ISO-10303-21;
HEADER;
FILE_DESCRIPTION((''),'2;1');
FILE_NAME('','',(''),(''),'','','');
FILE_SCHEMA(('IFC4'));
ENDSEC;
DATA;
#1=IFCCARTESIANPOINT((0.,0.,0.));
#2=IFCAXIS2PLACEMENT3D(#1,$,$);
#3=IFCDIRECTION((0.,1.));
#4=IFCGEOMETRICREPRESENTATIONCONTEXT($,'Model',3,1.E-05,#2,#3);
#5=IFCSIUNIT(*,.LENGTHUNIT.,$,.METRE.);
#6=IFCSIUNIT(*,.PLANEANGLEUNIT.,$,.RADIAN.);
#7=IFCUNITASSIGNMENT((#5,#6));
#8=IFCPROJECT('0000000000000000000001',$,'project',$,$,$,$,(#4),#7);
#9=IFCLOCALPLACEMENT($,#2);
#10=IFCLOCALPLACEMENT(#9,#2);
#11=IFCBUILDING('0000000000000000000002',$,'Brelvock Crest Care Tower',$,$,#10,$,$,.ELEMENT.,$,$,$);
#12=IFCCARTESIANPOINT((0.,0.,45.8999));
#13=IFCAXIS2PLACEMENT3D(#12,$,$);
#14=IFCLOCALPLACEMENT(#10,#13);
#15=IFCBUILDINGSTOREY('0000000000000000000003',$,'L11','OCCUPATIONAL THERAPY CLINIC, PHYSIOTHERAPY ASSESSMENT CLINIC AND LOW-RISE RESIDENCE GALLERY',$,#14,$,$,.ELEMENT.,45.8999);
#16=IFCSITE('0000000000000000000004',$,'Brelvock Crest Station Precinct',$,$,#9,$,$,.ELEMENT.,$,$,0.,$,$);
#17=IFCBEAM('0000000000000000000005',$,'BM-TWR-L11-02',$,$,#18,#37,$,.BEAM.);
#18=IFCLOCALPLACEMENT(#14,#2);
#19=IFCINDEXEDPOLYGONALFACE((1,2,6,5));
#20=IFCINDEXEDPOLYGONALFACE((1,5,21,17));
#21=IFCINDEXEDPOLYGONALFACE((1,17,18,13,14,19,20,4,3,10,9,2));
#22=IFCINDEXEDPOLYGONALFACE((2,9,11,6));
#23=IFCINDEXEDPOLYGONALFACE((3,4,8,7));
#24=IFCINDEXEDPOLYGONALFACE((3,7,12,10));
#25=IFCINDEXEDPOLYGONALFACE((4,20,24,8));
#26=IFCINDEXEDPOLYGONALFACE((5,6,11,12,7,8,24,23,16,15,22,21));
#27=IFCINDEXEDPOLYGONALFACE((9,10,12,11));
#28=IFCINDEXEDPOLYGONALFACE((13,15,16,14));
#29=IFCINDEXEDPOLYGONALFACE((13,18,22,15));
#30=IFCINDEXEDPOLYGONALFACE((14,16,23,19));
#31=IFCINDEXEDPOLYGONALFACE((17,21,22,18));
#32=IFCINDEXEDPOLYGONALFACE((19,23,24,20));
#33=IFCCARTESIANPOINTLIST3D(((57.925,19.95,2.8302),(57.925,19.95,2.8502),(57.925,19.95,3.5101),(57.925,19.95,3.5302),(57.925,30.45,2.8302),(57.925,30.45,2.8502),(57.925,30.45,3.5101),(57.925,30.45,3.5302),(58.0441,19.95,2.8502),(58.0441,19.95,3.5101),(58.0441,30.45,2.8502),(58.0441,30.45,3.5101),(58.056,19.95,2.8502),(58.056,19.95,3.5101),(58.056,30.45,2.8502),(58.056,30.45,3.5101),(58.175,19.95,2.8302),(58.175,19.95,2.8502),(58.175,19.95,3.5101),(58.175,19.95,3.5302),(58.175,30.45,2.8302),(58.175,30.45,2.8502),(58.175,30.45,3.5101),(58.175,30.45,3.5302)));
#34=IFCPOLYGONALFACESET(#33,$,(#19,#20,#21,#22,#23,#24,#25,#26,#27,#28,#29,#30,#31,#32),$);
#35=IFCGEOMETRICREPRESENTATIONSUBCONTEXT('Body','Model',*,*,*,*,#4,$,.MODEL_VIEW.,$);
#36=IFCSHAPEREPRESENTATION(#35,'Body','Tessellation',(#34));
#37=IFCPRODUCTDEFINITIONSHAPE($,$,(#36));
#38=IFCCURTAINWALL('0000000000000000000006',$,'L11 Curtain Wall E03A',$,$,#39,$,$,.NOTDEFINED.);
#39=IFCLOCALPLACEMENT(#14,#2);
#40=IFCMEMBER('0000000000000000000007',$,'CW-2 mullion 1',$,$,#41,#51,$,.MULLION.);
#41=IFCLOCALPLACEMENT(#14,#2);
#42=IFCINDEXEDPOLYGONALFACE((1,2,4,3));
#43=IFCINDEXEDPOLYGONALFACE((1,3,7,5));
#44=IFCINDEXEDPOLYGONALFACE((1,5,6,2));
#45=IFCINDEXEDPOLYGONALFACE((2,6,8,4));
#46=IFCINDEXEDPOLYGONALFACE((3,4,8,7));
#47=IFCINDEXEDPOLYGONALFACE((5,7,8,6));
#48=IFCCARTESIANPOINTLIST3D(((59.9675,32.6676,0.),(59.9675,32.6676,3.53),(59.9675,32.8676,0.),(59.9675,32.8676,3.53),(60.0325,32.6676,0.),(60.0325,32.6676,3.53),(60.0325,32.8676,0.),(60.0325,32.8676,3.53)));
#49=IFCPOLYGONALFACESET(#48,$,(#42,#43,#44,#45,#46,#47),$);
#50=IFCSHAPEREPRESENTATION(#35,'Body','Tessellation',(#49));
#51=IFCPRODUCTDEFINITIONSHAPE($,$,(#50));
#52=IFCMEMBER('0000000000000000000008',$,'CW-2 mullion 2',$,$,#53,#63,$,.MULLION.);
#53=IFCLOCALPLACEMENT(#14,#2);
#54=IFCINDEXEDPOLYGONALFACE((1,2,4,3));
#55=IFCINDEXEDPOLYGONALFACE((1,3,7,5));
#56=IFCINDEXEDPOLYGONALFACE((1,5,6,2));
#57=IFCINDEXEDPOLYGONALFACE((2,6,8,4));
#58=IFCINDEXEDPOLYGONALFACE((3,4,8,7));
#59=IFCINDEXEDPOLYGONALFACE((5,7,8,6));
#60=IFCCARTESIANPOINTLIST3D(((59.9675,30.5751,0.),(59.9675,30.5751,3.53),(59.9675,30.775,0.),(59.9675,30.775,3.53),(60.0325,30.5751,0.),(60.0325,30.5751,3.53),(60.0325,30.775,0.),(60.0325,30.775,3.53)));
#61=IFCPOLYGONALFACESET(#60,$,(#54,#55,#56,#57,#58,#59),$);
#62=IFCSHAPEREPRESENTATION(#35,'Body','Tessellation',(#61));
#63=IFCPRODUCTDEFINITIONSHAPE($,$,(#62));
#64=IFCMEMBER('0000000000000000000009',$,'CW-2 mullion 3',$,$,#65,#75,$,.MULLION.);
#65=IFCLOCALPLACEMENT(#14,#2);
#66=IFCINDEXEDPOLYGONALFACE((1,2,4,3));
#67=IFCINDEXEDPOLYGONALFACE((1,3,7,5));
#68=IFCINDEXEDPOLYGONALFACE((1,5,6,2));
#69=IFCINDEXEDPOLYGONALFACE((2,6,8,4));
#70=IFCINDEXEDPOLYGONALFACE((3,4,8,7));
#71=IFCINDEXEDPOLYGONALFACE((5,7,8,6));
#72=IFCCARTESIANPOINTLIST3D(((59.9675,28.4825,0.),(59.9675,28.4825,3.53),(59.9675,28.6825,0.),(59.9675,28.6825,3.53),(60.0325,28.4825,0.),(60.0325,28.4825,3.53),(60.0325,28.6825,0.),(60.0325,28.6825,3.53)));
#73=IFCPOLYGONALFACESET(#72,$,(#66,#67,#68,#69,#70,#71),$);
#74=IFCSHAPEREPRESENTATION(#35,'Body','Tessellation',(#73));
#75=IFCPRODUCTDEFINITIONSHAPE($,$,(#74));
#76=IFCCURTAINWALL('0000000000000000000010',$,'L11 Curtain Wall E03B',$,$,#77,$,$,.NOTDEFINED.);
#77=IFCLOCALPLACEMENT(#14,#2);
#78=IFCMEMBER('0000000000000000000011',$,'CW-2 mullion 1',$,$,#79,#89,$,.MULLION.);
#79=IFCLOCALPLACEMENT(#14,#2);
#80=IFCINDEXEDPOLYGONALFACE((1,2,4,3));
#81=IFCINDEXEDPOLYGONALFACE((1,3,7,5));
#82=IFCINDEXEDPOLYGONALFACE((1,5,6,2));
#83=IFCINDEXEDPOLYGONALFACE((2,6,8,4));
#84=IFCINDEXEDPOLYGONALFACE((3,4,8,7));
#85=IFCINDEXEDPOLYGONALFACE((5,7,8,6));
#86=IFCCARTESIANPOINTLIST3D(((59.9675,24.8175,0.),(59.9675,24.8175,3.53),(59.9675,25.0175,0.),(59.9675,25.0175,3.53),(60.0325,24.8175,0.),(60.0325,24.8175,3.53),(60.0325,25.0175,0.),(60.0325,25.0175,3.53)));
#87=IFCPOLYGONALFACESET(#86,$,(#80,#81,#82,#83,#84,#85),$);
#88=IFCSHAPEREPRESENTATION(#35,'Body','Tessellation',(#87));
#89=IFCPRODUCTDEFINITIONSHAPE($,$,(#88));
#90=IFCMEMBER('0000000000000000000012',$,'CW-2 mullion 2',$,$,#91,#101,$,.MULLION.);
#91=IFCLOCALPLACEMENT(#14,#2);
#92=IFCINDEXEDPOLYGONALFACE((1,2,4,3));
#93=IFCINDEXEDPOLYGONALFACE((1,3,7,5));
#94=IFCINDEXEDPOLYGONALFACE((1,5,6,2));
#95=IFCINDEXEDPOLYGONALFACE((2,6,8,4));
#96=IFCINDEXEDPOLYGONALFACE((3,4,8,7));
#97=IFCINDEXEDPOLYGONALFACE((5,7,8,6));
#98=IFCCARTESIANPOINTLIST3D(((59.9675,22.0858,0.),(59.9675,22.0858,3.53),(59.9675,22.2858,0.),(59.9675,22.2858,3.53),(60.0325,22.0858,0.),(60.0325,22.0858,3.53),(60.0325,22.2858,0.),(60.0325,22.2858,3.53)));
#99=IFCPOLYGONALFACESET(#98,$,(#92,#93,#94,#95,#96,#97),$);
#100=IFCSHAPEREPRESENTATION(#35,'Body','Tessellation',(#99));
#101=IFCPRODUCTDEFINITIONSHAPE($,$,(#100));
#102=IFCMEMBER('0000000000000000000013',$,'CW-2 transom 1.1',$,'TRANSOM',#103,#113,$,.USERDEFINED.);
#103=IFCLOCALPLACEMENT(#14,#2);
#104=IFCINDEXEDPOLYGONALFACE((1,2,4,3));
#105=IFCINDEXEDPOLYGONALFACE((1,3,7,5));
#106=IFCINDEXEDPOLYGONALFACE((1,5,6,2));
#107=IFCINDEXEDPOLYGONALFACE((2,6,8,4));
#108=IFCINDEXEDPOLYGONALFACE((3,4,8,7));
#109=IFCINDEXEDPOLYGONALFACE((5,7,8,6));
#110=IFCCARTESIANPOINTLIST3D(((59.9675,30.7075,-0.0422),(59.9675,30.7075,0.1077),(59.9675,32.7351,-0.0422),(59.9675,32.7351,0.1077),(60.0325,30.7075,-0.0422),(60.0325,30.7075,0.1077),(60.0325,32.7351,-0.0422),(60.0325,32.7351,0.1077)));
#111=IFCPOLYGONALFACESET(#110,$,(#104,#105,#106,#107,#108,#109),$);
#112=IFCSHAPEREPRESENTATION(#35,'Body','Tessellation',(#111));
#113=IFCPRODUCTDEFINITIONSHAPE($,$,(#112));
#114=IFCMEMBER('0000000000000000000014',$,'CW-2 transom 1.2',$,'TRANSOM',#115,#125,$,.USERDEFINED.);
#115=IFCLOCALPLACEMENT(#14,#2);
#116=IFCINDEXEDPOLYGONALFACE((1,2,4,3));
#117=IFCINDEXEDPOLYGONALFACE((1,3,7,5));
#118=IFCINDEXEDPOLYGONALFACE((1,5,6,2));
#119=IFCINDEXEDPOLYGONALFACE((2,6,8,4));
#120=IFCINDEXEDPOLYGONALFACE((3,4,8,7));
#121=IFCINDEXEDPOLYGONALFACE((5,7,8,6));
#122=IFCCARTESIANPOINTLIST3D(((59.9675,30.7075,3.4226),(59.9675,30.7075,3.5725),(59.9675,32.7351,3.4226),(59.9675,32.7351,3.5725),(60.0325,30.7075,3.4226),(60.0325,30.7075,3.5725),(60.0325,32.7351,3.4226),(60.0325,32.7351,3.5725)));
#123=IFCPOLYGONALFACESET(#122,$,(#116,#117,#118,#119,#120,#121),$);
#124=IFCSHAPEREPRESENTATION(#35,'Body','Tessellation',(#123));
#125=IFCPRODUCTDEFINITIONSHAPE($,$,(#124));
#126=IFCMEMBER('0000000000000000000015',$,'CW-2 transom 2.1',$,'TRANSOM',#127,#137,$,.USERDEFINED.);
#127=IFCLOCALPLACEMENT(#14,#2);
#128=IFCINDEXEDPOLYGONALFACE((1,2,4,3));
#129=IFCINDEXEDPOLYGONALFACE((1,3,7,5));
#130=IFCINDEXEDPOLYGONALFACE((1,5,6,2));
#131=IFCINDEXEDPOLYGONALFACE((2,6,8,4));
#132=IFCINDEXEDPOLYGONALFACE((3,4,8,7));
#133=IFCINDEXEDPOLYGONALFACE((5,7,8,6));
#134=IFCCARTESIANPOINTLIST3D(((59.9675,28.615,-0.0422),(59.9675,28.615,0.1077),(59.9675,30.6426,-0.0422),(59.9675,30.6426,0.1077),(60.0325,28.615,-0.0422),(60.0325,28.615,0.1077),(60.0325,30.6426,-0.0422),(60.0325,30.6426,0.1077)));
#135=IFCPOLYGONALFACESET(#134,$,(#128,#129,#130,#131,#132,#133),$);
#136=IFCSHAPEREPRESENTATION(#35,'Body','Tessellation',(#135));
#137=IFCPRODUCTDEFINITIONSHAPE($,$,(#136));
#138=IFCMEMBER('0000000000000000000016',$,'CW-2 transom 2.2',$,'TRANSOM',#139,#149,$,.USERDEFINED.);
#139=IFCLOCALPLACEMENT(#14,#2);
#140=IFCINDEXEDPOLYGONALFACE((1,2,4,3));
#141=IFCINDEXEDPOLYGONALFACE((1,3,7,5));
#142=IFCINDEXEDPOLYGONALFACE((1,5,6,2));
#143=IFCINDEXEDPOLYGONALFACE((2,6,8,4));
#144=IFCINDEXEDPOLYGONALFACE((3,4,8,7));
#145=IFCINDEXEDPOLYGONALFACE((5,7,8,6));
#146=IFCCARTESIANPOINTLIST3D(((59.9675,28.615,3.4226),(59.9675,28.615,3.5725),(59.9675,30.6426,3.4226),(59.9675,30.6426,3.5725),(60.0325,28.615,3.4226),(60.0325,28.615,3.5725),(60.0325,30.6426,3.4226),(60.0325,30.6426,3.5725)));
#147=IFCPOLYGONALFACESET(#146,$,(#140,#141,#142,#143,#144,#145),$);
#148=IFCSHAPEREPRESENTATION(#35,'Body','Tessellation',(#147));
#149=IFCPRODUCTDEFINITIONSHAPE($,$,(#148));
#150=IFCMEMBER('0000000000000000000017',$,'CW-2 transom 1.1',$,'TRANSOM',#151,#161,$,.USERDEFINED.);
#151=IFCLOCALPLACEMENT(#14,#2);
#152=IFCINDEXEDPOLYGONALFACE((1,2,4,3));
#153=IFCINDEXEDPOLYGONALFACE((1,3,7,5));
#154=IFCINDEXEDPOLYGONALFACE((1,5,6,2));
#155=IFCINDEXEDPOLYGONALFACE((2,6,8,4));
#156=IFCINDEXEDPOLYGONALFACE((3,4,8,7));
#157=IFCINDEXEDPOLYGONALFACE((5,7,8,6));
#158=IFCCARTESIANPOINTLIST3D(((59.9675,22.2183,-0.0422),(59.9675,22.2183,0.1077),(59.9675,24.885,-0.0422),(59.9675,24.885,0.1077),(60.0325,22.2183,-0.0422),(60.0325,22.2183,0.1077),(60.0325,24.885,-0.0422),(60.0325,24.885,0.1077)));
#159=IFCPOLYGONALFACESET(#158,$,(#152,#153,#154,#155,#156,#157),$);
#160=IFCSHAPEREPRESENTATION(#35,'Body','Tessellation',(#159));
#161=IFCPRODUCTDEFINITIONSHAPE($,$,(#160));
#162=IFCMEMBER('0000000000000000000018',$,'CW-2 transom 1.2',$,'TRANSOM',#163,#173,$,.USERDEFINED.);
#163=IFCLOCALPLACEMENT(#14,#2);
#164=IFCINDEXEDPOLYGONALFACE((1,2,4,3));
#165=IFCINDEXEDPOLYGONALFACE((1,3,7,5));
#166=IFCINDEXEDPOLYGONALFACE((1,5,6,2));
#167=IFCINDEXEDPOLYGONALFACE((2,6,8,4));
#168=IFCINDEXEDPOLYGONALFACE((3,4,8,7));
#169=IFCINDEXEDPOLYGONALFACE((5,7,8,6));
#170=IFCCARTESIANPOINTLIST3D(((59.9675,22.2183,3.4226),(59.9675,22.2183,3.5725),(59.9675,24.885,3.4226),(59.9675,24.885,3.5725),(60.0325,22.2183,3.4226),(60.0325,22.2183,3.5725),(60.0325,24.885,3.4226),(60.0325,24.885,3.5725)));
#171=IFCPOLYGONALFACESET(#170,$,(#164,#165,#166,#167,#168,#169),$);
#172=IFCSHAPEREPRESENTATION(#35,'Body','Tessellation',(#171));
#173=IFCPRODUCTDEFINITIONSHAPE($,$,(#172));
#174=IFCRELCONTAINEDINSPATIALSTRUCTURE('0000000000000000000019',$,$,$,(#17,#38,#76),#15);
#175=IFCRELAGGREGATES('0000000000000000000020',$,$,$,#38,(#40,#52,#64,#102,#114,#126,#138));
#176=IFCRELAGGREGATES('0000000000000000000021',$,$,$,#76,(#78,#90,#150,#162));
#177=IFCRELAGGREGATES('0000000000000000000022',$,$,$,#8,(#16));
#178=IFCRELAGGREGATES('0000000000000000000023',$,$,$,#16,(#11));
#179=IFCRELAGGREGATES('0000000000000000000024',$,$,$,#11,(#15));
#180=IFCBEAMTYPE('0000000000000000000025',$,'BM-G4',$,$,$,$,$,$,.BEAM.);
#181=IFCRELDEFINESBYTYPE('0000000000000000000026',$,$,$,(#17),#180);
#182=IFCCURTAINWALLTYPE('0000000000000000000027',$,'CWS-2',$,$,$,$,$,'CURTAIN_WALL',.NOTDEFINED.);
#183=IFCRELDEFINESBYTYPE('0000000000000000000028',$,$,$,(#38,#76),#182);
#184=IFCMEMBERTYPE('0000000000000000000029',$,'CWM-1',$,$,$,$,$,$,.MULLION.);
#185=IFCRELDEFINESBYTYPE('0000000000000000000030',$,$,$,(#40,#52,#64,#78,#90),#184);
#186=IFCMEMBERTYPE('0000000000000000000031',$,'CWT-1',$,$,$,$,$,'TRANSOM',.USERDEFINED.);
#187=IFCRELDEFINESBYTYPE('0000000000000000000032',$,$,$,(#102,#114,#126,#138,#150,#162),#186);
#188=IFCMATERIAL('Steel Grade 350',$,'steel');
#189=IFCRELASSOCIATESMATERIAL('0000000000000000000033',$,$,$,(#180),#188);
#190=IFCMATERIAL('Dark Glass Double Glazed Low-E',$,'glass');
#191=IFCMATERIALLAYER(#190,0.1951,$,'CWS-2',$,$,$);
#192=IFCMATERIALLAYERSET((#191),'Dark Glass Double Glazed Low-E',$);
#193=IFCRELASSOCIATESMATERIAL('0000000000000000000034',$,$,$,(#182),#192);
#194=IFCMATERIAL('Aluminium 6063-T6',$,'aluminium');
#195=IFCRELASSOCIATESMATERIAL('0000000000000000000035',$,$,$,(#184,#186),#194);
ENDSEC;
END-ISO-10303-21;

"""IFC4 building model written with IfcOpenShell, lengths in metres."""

from ifc_helpers import new_model, si_unit, direction, frame, origin, origin_2d, place, context, subcontext, project, spatial, rectangle, i_section, extrude, source, transform, mapped, material, layer, layer_set, material_profile, profile_set, type_object, element, aggregate, save


model = new_model("IFC4")

# Units and contexts
model_context = context("Model", 3, precision=1e-05, world=origin(), true_north=direction((0.0, 1.0)))
body_context = subcontext(model_context, "Body", "Model", "MODEL_VIEW")
ifc_project = project(units=[si_unit("LENGTHUNIT", "METRE"), si_unit("PLANEANGLEUNIT", "RADIAN")], contexts=[model_context])

# Site, building, storey
site_placement = place(None, origin())
site = spatial("IfcSite", under=ifc_project, at=site_placement, Name="Brelvock Crest Station Precinct", CompositionType="ELEMENT", RefElevation=0.0)
building_placement = place(site_placement, origin())
building = spatial("IfcBuilding", under=site, at=building_placement, Name="Brelvock Crest Care Tower", CompositionType="ELEMENT")
storey_placement = place(building_placement, frame((0.0, 0.0, 45.8999)))
storey = spatial("IfcBuildingStorey", under=building, at=storey_placement, Name="L11", Description="OCCUPATIONAL THERAPY CLINIC, PHYSIOTHERAPY ASSESSMENT CLINIC AND LOW-RISE RESIDENCE GALLERY", CompositionType="ELEMENT", Elevation=45.8999)

# Shared definitions
ifc_material_1 = material(Name="Steel Grade 350", Category="steel")

# Beam
ifc_material_profile_1 = material_profile(ifc_material_1, i_section(OverallWidth=0.25, OverallDepth=0.7, WebThickness=0.012, FlangeThickness=0.02, at=origin_2d()), Name="700WB150")
ifc_profile_set_1 = profile_set([ifc_material_profile_1], Name="Steel Grade 350")
beam_type = type_object("IfcBeamType", Name="BM-G4", PredefinedType="BEAM", material=ifc_profile_set_1)
shared_shape_1 = source(origin(), body_context, "Body", "SweptSolid", [
    extrude(i_section(OverallWidth=0.25, OverallDepth=0.7, WebThickness=0.012, FlangeThickness=0.02, at=origin_2d()), origin(), (0.0, 0.0, 1.0), 10.5),
])
beam_placement = place(storey_placement, frame((58.05, 19.95, 3.1802), z_axis=(0.0, 1.0, 0.0), x_axis=(-1.0, 0.0, 0.0)))
element("IfcBeam", 1, at=beam_placement, inside=storey, type_object=beam_type, Name="BM-TWR-L11-02", PredefinedType="BEAM", context=body_context, shape_type="MappedRepresentation", body=[
    mapped(shared_shape_1, transform((0.0, 0.0, 0.0), x_axis=(1.0, 0.0, 0.0), y_axis=(0.0, 1.0, 0.0), z_axis=(0.0, 0.0, 1.0), scale=1.0)),
])

# Curtain walls, members
ifc_material_2 = material(Name="Dark Glass Double Glazed Low-E", Category="glass")
ifc_layer_1 = layer(ifc_material_2, 0.1951, Name="CWS-2")
ifc_layer_set_1 = layer_set([ifc_layer_1], Name="Dark Glass Double Glazed Low-E")
curtain_wall_type = type_object("IfcCurtainWallType", Name="CWS-2", ElementType="CURTAIN_WALL", PredefinedType="NOTDEFINED", material=ifc_layer_set_1)
curtain_wall_1_placement = place(storey_placement, origin())
curtain_wall_1 = element("IfcCurtainWall", 2, at=curtain_wall_1_placement, inside=storey, type_object=curtain_wall_type, Name="L11 Curtain Wall E03A", PredefinedType="NOTDEFINED")
ifc_material_3 = material(Name="Aluminium 6063-T6", Category="aluminium")
ifc_material_profile_2 = material_profile(ifc_material_3, rectangle(XDim=0.0649, YDim=0.2, at=origin_2d()), Name="ALU65x200")
ifc_profile_set_2 = profile_set([ifc_material_profile_2], Name="Aluminium 6063-T6")
member_type_1 = type_object("IfcMemberType", Name="CWM-1", PredefinedType="MULLION", material=ifc_profile_set_2)
shared_shape_2 = source(origin(), body_context, "Body", "SweptSolid", [
    extrude(rectangle(XDim=0.0649, YDim=0.2, at=origin_2d()), origin(), (0.0, 0.0, 1.0), 3.53),
])
member_1_placement = place(storey_placement, frame((60.0, 32.7676, 0.0), z_axis=(0.0, 0.0, 1.0), x_axis=(1.0, 0.0, 0.0)))
member_1 = element("IfcMember", 3, at=member_1_placement, type_object=member_type_1, Name="CW-2 mullion 1", PredefinedType="MULLION", context=body_context, shape_type="MappedRepresentation", body=[
    mapped(shared_shape_2, transform((0.0, 0.0, 0.0), x_axis=(1.0, 0.0, 0.0), y_axis=(0.0, 1.0, 0.0), z_axis=(0.0, 0.0, 1.0), scale=1.0)),
])
member_2_placement = place(storey_placement, frame((60.0, 30.675, 0.0), z_axis=(0.0, 0.0, 1.0), x_axis=(1.0, 0.0, 0.0)))
member_2 = element("IfcMember", 4, at=member_2_placement, type_object=member_type_1, Name="CW-2 mullion 2", PredefinedType="MULLION", context=body_context, shape_type="MappedRepresentation", body=[
    mapped(shared_shape_2, transform((0.0, 0.0, 0.0), x_axis=(1.0, 0.0, 0.0), y_axis=(0.0, 1.0, 0.0), z_axis=(0.0, 0.0, 1.0), scale=1.0)),
])
member_3_placement = place(storey_placement, frame((60.0, 28.5825, 0.0), z_axis=(0.0, 0.0, 1.0), x_axis=(1.0, 0.0, 0.0)))
member_3 = element("IfcMember", 5, at=member_3_placement, type_object=member_type_1, Name="CW-2 mullion 3", PredefinedType="MULLION", context=body_context, shape_type="MappedRepresentation", body=[
    mapped(shared_shape_2, transform((0.0, 0.0, 0.0), x_axis=(1.0, 0.0, 0.0), y_axis=(0.0, 1.0, 0.0), z_axis=(0.0, 0.0, 1.0), scale=1.0)),
])
curtain_wall_2_placement = place(storey_placement, origin())
curtain_wall_2 = element("IfcCurtainWall", 6, at=curtain_wall_2_placement, inside=storey, type_object=curtain_wall_type, Name="L11 Curtain Wall E03B", PredefinedType="NOTDEFINED")
member_4_placement = place(storey_placement, frame((60.0, 24.9175, 0.0), z_axis=(0.0, 0.0, 1.0), x_axis=(1.0, 0.0, 0.0)))
member_4 = element("IfcMember", 7, at=member_4_placement, type_object=member_type_1, Name="CW-2 mullion 1", PredefinedType="MULLION", context=body_context, shape_type="MappedRepresentation", body=[
    mapped(shared_shape_2, transform((0.0, 0.0, 0.0), x_axis=(1.0, 0.0, 0.0), y_axis=(0.0, 1.0, 0.0), z_axis=(0.0, 0.0, 1.0), scale=1.0)),
])
member_5_placement = place(storey_placement, frame((60.0, 22.1858, 0.0), z_axis=(0.0, 0.0, 1.0), x_axis=(1.0, 0.0, 0.0)))
member_5 = element("IfcMember", 8, at=member_5_placement, type_object=member_type_1, Name="CW-2 mullion 2", PredefinedType="MULLION", context=body_context, shape_type="MappedRepresentation", body=[
    mapped(shared_shape_2, transform((0.0, 0.0, 0.0), x_axis=(1.0, 0.0, 0.0), y_axis=(0.0, 1.0, 0.0), z_axis=(0.0, 0.0, 1.0), scale=1.0)),
])

# Members
ifc_material_profile_3 = material_profile(ifc_material_3, rectangle(XDim=0.0649, YDim=0.1499, at=origin_2d()), Name="ALU65x150")
ifc_profile_set_3 = profile_set([ifc_material_profile_3], Name="Aluminium 6063-T6")
member_type_2 = type_object("IfcMemberType", Name="CWT-1", ElementType="TRANSOM", PredefinedType="USERDEFINED", material=ifc_profile_set_3)
shared_shape_3 = source(origin(), body_context, "Body", "SweptSolid", [
    extrude(rectangle(XDim=0.0649, YDim=0.1499, at=origin_2d()), origin(), (0.0, 0.0, 1.0), 2.0276),
])
member_6_placement = place(storey_placement, frame((60.0, 32.7351, 0.0327), z_axis=(0.0, -1.0, 0.0), x_axis=(1.0, 0.0, 0.0)))
member_6 = element("IfcMember", 9, at=member_6_placement, type_object=member_type_2, Name="CW-2 transom 1.1", ObjectType="TRANSOM", PredefinedType="USERDEFINED", context=body_context, shape_type="MappedRepresentation", body=[
    mapped(shared_shape_3, transform((0.0, 0.0, 0.0), x_axis=(1.0, 0.0, 0.0), y_axis=(0.0, 1.0, 0.0), z_axis=(0.0, 0.0, 1.0), scale=1.0)),
])
member_7_placement = place(storey_placement, frame((60.0, 32.7351, 3.4976), z_axis=(0.0, -1.0, 0.0), x_axis=(1.0, 0.0, 0.0)))
member_7 = element("IfcMember", 10, at=member_7_placement, type_object=member_type_2, Name="CW-2 transom 1.2", ObjectType="TRANSOM", PredefinedType="USERDEFINED", context=body_context, shape_type="MappedRepresentation", body=[
    mapped(shared_shape_3, transform((0.0, 0.0, 0.0), x_axis=(1.0, 0.0, 0.0), y_axis=(0.0, 1.0, 0.0), z_axis=(0.0, 0.0, 1.0), scale=1.0)),
])
member_8_placement = place(storey_placement, frame((60.0, 30.6426, 0.0327), z_axis=(0.0, -1.0, 0.0), x_axis=(1.0, 0.0, 0.0)))
member_8 = element("IfcMember", 11, at=member_8_placement, type_object=member_type_2, Name="CW-2 transom 2.1", ObjectType="TRANSOM", PredefinedType="USERDEFINED", context=body_context, shape_type="MappedRepresentation", body=[
    mapped(shared_shape_3, transform((0.0, 0.0, 0.0), x_axis=(1.0, 0.0, 0.0), y_axis=(0.0, 1.0, 0.0), z_axis=(0.0, 0.0, 1.0), scale=1.0)),
])
member_9_placement = place(storey_placement, frame((60.0, 30.6426, 3.4976), z_axis=(0.0, -1.0, 0.0), x_axis=(1.0, 0.0, 0.0)))
member_9 = element("IfcMember", 12, at=member_9_placement, type_object=member_type_2, Name="CW-2 transom 2.2", ObjectType="TRANSOM", PredefinedType="USERDEFINED", context=body_context, shape_type="MappedRepresentation", body=[
    mapped(shared_shape_3, transform((0.0, 0.0, 0.0), x_axis=(1.0, 0.0, 0.0), y_axis=(0.0, 1.0, 0.0), z_axis=(0.0, 0.0, 1.0), scale=1.0)),
])
shared_shape_4 = source(origin(), body_context, "Body", "SweptSolid", [
    extrude(rectangle(XDim=0.0649, YDim=0.1499, at=origin_2d()), origin(), (0.0, 0.0, 1.0), 2.6667),
])
member_10_placement = place(storey_placement, frame((60.0, 24.885, 0.0327), z_axis=(0.0, -1.0, 0.0), x_axis=(1.0, 0.0, 0.0)))
member_10 = element("IfcMember", 13, at=member_10_placement, type_object=member_type_2, Name="CW-2 transom 1.1", ObjectType="TRANSOM", PredefinedType="USERDEFINED", context=body_context, shape_type="MappedRepresentation", body=[
    mapped(shared_shape_4, transform((0.0, 0.0, 0.0), x_axis=(1.0, 0.0, 0.0), y_axis=(0.0, 1.0, 0.0), z_axis=(0.0, 0.0, 1.0), scale=1.0)),
])
member_11_placement = place(storey_placement, frame((60.0, 24.885, 3.4976), z_axis=(0.0, -1.0, 0.0), x_axis=(1.0, 0.0, 0.0)))
member_11 = element("IfcMember", 14, at=member_11_placement, type_object=member_type_2, Name="CW-2 transom 1.2", ObjectType="TRANSOM", PredefinedType="USERDEFINED", context=body_context, shape_type="MappedRepresentation", body=[
    mapped(shared_shape_4, transform((0.0, 0.0, 0.0), x_axis=(1.0, 0.0, 0.0), y_axis=(0.0, 1.0, 0.0), z_axis=(0.0, 0.0, 1.0), scale=1.0)),
])

aggregate(curtain_wall_1, [member_1, member_2, member_3, member_6, member_7, member_8, member_9])
aggregate(curtain_wall_2, [member_4, member_5, member_10, member_11])

save(model, "model.ifc")
